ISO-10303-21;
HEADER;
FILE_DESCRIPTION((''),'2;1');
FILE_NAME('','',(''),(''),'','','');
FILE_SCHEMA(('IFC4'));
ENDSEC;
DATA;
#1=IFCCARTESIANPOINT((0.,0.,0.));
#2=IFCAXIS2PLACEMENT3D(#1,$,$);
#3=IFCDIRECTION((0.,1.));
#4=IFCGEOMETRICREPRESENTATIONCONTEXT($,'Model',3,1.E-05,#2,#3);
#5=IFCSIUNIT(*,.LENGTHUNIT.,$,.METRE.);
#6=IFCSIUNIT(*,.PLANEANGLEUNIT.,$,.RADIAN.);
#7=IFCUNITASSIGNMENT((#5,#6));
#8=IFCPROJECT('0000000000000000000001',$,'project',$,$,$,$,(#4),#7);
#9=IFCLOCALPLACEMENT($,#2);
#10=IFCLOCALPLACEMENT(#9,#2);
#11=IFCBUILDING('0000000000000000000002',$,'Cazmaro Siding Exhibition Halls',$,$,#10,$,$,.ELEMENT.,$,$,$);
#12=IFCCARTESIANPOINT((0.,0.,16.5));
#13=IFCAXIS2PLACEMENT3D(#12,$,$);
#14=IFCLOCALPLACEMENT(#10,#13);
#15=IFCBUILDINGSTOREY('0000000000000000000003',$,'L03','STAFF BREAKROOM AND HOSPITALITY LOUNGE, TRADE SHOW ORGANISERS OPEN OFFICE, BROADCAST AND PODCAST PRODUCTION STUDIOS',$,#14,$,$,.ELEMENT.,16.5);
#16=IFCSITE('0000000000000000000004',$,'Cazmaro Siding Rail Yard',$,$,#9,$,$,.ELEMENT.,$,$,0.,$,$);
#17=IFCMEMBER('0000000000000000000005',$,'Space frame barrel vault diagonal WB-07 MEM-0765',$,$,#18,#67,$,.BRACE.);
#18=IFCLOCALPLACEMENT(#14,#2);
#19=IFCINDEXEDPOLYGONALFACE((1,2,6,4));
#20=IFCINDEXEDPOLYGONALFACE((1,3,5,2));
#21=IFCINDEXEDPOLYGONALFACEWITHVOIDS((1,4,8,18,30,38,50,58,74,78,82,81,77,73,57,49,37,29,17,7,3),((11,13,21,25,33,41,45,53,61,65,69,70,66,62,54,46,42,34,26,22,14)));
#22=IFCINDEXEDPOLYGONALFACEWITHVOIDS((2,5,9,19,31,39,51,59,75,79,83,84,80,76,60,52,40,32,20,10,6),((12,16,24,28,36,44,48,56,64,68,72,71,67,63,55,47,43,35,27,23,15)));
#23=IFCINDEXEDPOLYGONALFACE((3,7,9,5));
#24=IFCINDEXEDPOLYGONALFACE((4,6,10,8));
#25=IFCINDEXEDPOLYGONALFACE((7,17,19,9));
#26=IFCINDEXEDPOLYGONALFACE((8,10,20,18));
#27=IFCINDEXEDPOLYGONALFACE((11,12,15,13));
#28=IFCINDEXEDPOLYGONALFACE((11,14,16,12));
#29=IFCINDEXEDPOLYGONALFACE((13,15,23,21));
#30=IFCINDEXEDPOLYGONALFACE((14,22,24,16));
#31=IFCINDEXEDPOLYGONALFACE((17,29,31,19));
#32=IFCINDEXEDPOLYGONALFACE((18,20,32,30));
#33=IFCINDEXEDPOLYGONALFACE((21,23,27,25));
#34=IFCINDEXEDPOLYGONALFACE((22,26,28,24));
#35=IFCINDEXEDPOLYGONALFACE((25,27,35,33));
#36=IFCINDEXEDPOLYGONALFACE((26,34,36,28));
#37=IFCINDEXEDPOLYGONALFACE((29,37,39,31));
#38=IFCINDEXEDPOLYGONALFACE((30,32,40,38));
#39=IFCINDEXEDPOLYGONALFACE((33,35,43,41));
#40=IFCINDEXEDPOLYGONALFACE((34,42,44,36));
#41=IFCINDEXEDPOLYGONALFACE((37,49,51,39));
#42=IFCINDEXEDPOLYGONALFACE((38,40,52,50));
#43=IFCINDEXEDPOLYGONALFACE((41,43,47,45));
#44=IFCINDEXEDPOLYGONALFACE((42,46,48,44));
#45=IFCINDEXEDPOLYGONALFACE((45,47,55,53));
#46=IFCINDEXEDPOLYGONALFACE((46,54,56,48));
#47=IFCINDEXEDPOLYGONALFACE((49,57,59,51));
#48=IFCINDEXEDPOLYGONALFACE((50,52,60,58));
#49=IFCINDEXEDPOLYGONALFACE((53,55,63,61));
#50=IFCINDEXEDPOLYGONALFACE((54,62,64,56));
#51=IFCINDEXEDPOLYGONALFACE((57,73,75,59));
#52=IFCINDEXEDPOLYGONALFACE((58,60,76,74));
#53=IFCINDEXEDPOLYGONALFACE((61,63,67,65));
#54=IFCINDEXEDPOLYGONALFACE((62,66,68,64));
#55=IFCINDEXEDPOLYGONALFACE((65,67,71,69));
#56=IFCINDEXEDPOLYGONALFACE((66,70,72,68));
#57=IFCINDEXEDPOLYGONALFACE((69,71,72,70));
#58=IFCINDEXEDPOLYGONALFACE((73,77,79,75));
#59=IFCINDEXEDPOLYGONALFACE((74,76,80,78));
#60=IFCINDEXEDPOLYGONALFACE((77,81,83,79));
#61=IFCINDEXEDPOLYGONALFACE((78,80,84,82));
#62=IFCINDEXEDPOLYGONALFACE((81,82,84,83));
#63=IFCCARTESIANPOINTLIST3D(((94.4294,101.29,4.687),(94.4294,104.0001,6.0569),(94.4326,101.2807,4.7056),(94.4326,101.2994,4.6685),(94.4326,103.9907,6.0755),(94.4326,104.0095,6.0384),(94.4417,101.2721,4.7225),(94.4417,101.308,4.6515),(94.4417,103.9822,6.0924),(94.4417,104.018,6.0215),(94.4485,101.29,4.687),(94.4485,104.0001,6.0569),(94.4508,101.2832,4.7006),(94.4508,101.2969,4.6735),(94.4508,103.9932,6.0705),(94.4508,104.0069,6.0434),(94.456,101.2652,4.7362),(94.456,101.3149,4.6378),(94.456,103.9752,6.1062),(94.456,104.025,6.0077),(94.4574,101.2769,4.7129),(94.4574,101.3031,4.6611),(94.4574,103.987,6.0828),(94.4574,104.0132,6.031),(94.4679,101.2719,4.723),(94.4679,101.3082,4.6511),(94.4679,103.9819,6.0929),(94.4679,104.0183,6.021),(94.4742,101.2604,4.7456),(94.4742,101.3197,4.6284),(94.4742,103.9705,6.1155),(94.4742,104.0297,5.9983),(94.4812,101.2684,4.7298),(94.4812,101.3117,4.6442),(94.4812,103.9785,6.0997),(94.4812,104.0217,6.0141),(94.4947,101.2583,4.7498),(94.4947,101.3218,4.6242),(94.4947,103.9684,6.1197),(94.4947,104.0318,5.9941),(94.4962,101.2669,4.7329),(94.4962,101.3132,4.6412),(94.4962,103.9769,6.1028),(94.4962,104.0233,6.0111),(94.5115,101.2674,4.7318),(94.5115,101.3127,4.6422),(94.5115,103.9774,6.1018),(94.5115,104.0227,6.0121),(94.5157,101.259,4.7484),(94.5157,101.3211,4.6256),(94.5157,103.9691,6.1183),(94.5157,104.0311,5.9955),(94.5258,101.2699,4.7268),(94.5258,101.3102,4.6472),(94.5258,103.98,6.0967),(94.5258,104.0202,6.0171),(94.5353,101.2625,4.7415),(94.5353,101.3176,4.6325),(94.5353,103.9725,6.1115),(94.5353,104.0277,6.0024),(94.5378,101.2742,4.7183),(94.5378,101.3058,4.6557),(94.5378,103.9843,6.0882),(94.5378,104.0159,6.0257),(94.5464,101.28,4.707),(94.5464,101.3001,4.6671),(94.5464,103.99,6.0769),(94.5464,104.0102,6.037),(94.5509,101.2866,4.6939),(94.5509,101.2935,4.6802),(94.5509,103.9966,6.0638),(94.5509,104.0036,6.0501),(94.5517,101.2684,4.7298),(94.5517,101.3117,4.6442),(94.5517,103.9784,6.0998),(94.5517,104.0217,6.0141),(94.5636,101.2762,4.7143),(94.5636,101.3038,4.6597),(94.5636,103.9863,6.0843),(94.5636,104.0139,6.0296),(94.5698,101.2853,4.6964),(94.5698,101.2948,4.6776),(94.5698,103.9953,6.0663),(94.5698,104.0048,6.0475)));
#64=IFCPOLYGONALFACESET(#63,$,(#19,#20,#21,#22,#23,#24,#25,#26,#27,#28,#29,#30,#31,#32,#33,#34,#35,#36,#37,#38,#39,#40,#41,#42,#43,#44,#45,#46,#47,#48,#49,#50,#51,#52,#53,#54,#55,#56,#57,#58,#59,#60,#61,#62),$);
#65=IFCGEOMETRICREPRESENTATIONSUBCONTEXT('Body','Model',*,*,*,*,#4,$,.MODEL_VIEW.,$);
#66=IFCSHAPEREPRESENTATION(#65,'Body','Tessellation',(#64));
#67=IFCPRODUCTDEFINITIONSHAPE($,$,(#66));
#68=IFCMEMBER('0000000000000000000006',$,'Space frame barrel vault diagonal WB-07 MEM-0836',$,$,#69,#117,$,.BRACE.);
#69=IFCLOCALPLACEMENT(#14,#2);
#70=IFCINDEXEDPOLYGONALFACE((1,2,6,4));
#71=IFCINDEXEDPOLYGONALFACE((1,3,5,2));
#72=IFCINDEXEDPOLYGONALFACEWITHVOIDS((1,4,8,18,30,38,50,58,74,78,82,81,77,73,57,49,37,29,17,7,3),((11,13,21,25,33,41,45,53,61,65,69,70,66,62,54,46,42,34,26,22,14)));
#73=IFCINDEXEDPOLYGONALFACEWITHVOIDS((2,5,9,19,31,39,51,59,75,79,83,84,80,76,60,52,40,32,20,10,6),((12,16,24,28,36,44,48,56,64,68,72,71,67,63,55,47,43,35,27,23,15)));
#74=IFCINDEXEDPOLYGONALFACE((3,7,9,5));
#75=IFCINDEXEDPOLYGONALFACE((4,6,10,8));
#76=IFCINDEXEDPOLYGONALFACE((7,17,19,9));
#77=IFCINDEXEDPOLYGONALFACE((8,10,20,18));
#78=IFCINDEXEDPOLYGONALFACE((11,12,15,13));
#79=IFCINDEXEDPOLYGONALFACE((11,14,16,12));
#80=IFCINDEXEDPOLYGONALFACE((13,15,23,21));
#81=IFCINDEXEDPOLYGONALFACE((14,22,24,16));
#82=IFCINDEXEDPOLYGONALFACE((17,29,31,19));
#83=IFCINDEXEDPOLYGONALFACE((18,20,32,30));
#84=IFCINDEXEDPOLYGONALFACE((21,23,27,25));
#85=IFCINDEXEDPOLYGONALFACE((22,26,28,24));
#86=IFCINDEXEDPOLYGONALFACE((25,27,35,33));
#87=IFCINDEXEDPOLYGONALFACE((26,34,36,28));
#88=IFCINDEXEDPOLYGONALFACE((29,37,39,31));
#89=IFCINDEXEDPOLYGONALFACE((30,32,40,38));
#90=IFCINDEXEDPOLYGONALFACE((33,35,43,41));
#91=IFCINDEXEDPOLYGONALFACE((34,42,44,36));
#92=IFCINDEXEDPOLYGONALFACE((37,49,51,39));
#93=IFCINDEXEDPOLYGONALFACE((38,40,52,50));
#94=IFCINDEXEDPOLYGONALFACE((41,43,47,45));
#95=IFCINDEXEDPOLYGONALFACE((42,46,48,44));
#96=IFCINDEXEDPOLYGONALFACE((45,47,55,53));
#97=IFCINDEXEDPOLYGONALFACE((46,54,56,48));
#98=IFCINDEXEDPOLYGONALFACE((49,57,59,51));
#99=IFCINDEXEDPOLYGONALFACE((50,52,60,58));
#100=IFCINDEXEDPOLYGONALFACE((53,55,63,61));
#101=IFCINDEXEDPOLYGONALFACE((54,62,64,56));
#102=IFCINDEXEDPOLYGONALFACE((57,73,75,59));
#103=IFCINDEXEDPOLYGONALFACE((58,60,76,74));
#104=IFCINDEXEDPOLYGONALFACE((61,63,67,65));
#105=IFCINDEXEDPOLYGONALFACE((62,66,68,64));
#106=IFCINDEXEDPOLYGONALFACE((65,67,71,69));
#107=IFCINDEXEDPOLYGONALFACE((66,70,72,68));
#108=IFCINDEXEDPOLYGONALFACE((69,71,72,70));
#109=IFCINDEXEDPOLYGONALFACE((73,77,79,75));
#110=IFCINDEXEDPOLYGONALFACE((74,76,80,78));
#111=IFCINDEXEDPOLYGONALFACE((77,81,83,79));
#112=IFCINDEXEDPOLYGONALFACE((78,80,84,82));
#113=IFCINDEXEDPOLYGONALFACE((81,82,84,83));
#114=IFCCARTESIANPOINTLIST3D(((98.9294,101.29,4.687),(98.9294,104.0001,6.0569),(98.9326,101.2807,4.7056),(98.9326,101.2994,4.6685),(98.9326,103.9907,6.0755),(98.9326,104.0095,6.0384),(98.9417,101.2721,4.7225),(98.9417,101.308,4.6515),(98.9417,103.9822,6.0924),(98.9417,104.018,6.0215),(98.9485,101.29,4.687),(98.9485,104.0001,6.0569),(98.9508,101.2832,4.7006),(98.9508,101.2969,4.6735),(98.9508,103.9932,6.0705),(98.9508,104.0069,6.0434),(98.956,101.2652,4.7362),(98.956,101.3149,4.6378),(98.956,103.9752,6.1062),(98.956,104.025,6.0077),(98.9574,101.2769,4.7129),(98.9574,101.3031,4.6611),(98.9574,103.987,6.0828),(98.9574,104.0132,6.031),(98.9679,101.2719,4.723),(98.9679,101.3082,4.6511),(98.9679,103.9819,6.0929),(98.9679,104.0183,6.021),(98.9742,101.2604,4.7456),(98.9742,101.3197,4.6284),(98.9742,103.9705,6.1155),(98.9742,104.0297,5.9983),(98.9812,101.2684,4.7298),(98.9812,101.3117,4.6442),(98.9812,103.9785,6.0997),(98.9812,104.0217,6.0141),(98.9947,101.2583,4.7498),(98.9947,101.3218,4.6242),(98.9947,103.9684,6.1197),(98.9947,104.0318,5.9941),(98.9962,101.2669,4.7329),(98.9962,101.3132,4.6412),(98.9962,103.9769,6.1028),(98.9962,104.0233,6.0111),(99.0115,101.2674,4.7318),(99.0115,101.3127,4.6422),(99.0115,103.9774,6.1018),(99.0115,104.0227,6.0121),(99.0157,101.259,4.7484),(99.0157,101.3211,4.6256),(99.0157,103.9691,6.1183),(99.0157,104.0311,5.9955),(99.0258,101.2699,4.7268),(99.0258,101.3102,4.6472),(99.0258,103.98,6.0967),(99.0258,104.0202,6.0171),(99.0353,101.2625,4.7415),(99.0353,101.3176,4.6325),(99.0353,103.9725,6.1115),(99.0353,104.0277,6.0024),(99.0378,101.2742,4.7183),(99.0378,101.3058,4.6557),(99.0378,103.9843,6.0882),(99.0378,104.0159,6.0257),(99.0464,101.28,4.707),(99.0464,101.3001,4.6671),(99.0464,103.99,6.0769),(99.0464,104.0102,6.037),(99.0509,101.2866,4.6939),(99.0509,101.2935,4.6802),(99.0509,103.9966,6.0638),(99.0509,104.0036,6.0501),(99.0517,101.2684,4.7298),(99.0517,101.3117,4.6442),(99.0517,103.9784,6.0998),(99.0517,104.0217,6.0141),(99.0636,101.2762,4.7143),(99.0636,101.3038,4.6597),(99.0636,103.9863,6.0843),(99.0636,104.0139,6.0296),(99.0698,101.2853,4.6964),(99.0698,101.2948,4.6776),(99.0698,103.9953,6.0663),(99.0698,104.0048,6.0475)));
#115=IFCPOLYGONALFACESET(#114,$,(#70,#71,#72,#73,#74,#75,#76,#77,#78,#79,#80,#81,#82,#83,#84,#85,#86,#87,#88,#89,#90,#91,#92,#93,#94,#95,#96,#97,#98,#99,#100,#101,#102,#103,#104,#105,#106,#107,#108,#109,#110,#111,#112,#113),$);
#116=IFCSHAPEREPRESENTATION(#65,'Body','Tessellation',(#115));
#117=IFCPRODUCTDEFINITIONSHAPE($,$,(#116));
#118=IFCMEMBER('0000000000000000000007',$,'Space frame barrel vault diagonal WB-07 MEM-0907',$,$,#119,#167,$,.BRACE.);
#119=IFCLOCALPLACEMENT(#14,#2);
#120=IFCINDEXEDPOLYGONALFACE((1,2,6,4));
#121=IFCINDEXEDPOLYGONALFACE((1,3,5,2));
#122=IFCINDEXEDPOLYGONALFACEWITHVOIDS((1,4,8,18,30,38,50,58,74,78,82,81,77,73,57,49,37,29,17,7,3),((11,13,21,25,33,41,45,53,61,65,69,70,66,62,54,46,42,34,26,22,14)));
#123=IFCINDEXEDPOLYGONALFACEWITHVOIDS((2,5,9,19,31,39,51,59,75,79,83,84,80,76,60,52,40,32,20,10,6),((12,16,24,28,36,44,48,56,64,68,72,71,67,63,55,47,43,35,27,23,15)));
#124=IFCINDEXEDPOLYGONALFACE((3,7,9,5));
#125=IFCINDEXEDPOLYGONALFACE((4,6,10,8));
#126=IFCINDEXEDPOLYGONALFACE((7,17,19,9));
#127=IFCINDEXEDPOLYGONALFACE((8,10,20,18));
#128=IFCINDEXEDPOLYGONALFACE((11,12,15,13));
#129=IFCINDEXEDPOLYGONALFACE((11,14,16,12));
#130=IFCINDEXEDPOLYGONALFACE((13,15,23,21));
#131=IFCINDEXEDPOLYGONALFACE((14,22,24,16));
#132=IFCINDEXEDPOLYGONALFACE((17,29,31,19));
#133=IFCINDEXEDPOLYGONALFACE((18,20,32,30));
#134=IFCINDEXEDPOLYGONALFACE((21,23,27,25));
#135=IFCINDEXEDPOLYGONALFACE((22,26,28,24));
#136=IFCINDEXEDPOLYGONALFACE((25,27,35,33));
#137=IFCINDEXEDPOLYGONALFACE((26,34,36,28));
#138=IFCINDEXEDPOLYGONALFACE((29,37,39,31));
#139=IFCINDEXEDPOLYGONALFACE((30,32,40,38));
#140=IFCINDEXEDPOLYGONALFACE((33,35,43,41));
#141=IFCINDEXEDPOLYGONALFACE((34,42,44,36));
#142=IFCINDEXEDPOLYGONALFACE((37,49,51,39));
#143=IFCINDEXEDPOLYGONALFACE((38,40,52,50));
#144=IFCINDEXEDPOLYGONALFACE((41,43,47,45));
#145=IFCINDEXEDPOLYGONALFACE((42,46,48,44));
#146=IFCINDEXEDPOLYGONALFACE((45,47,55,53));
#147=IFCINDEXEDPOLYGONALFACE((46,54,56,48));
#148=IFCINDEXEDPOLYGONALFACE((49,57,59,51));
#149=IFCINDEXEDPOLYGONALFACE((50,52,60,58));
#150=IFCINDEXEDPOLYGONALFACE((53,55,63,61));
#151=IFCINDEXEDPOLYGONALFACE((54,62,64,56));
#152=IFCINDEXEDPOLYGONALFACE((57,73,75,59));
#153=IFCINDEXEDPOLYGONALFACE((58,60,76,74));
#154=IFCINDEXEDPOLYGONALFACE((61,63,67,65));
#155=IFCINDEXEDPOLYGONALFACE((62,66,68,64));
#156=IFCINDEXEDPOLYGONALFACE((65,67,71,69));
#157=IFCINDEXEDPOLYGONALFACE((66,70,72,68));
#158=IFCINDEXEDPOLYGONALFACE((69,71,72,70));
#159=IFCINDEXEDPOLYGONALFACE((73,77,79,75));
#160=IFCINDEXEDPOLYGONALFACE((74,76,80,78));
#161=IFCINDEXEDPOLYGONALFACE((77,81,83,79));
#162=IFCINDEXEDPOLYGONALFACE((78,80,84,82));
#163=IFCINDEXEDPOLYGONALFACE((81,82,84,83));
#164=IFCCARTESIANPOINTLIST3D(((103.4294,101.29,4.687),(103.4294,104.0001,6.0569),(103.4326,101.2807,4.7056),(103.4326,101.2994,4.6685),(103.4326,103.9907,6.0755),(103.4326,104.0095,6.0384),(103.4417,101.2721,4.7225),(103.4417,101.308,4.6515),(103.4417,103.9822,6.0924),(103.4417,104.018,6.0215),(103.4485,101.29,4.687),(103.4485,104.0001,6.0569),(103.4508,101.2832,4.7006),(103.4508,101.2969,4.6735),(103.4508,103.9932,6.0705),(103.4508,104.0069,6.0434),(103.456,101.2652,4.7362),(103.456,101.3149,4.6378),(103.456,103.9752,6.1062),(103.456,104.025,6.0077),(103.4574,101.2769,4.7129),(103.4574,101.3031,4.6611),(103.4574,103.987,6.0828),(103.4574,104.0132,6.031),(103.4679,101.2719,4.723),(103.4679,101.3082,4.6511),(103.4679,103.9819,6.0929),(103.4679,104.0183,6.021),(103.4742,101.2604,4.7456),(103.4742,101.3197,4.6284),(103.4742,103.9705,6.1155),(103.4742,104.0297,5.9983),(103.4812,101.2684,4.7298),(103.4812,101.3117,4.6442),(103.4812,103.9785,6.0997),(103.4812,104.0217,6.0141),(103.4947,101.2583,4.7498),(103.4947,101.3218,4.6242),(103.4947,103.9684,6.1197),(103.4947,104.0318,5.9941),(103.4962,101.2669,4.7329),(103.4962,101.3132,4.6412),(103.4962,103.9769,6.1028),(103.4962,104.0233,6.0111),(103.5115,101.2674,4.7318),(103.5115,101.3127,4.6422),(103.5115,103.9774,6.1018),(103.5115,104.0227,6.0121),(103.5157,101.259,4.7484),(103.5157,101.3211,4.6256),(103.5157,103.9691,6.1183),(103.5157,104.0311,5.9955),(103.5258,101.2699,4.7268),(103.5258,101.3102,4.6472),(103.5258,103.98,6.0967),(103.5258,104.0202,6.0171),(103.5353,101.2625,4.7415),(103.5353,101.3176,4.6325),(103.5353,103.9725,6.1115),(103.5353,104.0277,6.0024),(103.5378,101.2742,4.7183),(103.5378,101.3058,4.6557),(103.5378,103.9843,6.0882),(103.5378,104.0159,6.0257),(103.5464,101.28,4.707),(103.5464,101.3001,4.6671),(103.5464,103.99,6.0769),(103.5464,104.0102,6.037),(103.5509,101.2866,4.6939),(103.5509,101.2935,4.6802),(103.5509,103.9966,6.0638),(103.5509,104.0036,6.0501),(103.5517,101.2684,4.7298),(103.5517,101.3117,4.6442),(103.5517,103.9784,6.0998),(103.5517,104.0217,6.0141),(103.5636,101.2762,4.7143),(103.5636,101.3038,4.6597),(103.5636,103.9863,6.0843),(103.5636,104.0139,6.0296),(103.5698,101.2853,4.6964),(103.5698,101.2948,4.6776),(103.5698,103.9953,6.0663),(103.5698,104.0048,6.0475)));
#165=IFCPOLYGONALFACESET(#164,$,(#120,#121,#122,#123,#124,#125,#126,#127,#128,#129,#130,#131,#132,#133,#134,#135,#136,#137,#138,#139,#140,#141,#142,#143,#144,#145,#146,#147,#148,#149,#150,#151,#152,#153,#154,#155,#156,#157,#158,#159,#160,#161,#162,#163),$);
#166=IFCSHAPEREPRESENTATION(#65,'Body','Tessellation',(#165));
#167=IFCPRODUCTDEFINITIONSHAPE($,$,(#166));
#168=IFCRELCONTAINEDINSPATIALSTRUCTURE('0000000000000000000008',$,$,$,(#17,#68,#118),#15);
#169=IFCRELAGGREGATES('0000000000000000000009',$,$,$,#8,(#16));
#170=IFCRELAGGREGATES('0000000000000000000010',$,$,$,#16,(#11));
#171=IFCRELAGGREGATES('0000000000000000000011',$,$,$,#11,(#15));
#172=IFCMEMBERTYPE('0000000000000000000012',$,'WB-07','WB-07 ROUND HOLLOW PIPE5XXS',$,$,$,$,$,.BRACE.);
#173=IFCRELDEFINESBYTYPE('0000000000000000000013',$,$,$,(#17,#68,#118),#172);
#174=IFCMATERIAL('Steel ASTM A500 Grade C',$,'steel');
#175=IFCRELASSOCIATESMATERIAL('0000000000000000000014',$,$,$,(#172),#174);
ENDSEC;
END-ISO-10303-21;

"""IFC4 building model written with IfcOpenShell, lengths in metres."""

from ifc_helpers import new_model, si_unit, direction, frame, origin, origin_2d, place, context, subcontext, project, spatial, hollow_circle, extrude, material, material_profile, profile_set, type_object, element, save


model = new_model("IFC4")

# Units and contexts
model_context = context("Model", 3, precision=1e-05, world=origin(), true_north=direction((0.0, 1.0)))
body_context = subcontext(model_context, "Body", "Model", "MODEL_VIEW")
ifc_project = project(units=[si_unit("LENGTHUNIT", "METRE"), si_unit("PLANEANGLEUNIT", "RADIAN")], contexts=[model_context])

# Site, building, storey
site_placement = place(None, origin())
site = spatial("IfcSite", under=ifc_project, at=site_placement, Name="Cazmaro Siding Rail Yard", CompositionType="ELEMENT", RefElevation=0.0)
building_placement = place(site_placement, origin())
building = spatial("IfcBuilding", under=site, at=building_placement, Name="Cazmaro Siding Exhibition Halls", CompositionType="ELEMENT")
storey_placement = place(building_placement, frame((0.0, 0.0, 16.5)))
storey = spatial("IfcBuildingStorey", under=building, at=storey_placement, Name="L03", Description="STAFF BREAKROOM AND HOSPITALITY LOUNGE, TRADE SHOW ORGANISERS OPEN OFFICE, BROADCAST AND PODCAST PRODUCTION STUDIOS", CompositionType="ELEMENT", Elevation=16.5)

# Members
ifc_material_1 = material(Name="Steel ASTM A500 Grade C", Category="steel")
ifc_material_profile_1 = material_profile(ifc_material_1, hollow_circle(Radius=0.0706, WallThickness=0.019, at=origin_2d()), Name="PIPE5XXS")
ifc_profile_set_1 = profile_set([ifc_material_profile_1], Name="Steel ASTM A500 Grade C")
member_type_1 = type_object("IfcMemberType", Name="WB-07", Description="WB-07 ROUND HOLLOW PIPE5XXS", PredefinedType="BRACE", material=ifc_profile_set_1)
for number, where, z_axis, x_axis, name in (
    (1, (94.5, 101.29, 4.687), (0.0, 0.892457, 0.451133), (-1.0, 0.0, 0.0), "Space frame barrel vault diagonal WB-07 MEM-0765"),
    (2, (99.0, 101.29, 4.687), (0.0, 0.892457, 0.451133), (-1.0, 0.0, 0.0), "Space frame barrel vault diagonal WB-07 MEM-0836"),
    (3, (103.5, 101.29, 4.687), (0.0, 0.892457, 0.451133), (-1.0, 0.0, 0.0), "Space frame barrel vault diagonal WB-07 MEM-0907"),
):
    element("IfcMember", number, at=place(storey_placement, frame(where, z_axis=z_axis, x_axis=x_axis)), inside=storey, type_object=member_type_1, Name=name, PredefinedType="BRACE", context=body_context, shape_type="SweptSolid", body=[
        extrude(hollow_circle(Radius=0.0706, WallThickness=0.019, at=origin_2d()), origin(), (0.0, 0.0, 1.0), 3.0366),
    ])

save(model, "model.ifc")
